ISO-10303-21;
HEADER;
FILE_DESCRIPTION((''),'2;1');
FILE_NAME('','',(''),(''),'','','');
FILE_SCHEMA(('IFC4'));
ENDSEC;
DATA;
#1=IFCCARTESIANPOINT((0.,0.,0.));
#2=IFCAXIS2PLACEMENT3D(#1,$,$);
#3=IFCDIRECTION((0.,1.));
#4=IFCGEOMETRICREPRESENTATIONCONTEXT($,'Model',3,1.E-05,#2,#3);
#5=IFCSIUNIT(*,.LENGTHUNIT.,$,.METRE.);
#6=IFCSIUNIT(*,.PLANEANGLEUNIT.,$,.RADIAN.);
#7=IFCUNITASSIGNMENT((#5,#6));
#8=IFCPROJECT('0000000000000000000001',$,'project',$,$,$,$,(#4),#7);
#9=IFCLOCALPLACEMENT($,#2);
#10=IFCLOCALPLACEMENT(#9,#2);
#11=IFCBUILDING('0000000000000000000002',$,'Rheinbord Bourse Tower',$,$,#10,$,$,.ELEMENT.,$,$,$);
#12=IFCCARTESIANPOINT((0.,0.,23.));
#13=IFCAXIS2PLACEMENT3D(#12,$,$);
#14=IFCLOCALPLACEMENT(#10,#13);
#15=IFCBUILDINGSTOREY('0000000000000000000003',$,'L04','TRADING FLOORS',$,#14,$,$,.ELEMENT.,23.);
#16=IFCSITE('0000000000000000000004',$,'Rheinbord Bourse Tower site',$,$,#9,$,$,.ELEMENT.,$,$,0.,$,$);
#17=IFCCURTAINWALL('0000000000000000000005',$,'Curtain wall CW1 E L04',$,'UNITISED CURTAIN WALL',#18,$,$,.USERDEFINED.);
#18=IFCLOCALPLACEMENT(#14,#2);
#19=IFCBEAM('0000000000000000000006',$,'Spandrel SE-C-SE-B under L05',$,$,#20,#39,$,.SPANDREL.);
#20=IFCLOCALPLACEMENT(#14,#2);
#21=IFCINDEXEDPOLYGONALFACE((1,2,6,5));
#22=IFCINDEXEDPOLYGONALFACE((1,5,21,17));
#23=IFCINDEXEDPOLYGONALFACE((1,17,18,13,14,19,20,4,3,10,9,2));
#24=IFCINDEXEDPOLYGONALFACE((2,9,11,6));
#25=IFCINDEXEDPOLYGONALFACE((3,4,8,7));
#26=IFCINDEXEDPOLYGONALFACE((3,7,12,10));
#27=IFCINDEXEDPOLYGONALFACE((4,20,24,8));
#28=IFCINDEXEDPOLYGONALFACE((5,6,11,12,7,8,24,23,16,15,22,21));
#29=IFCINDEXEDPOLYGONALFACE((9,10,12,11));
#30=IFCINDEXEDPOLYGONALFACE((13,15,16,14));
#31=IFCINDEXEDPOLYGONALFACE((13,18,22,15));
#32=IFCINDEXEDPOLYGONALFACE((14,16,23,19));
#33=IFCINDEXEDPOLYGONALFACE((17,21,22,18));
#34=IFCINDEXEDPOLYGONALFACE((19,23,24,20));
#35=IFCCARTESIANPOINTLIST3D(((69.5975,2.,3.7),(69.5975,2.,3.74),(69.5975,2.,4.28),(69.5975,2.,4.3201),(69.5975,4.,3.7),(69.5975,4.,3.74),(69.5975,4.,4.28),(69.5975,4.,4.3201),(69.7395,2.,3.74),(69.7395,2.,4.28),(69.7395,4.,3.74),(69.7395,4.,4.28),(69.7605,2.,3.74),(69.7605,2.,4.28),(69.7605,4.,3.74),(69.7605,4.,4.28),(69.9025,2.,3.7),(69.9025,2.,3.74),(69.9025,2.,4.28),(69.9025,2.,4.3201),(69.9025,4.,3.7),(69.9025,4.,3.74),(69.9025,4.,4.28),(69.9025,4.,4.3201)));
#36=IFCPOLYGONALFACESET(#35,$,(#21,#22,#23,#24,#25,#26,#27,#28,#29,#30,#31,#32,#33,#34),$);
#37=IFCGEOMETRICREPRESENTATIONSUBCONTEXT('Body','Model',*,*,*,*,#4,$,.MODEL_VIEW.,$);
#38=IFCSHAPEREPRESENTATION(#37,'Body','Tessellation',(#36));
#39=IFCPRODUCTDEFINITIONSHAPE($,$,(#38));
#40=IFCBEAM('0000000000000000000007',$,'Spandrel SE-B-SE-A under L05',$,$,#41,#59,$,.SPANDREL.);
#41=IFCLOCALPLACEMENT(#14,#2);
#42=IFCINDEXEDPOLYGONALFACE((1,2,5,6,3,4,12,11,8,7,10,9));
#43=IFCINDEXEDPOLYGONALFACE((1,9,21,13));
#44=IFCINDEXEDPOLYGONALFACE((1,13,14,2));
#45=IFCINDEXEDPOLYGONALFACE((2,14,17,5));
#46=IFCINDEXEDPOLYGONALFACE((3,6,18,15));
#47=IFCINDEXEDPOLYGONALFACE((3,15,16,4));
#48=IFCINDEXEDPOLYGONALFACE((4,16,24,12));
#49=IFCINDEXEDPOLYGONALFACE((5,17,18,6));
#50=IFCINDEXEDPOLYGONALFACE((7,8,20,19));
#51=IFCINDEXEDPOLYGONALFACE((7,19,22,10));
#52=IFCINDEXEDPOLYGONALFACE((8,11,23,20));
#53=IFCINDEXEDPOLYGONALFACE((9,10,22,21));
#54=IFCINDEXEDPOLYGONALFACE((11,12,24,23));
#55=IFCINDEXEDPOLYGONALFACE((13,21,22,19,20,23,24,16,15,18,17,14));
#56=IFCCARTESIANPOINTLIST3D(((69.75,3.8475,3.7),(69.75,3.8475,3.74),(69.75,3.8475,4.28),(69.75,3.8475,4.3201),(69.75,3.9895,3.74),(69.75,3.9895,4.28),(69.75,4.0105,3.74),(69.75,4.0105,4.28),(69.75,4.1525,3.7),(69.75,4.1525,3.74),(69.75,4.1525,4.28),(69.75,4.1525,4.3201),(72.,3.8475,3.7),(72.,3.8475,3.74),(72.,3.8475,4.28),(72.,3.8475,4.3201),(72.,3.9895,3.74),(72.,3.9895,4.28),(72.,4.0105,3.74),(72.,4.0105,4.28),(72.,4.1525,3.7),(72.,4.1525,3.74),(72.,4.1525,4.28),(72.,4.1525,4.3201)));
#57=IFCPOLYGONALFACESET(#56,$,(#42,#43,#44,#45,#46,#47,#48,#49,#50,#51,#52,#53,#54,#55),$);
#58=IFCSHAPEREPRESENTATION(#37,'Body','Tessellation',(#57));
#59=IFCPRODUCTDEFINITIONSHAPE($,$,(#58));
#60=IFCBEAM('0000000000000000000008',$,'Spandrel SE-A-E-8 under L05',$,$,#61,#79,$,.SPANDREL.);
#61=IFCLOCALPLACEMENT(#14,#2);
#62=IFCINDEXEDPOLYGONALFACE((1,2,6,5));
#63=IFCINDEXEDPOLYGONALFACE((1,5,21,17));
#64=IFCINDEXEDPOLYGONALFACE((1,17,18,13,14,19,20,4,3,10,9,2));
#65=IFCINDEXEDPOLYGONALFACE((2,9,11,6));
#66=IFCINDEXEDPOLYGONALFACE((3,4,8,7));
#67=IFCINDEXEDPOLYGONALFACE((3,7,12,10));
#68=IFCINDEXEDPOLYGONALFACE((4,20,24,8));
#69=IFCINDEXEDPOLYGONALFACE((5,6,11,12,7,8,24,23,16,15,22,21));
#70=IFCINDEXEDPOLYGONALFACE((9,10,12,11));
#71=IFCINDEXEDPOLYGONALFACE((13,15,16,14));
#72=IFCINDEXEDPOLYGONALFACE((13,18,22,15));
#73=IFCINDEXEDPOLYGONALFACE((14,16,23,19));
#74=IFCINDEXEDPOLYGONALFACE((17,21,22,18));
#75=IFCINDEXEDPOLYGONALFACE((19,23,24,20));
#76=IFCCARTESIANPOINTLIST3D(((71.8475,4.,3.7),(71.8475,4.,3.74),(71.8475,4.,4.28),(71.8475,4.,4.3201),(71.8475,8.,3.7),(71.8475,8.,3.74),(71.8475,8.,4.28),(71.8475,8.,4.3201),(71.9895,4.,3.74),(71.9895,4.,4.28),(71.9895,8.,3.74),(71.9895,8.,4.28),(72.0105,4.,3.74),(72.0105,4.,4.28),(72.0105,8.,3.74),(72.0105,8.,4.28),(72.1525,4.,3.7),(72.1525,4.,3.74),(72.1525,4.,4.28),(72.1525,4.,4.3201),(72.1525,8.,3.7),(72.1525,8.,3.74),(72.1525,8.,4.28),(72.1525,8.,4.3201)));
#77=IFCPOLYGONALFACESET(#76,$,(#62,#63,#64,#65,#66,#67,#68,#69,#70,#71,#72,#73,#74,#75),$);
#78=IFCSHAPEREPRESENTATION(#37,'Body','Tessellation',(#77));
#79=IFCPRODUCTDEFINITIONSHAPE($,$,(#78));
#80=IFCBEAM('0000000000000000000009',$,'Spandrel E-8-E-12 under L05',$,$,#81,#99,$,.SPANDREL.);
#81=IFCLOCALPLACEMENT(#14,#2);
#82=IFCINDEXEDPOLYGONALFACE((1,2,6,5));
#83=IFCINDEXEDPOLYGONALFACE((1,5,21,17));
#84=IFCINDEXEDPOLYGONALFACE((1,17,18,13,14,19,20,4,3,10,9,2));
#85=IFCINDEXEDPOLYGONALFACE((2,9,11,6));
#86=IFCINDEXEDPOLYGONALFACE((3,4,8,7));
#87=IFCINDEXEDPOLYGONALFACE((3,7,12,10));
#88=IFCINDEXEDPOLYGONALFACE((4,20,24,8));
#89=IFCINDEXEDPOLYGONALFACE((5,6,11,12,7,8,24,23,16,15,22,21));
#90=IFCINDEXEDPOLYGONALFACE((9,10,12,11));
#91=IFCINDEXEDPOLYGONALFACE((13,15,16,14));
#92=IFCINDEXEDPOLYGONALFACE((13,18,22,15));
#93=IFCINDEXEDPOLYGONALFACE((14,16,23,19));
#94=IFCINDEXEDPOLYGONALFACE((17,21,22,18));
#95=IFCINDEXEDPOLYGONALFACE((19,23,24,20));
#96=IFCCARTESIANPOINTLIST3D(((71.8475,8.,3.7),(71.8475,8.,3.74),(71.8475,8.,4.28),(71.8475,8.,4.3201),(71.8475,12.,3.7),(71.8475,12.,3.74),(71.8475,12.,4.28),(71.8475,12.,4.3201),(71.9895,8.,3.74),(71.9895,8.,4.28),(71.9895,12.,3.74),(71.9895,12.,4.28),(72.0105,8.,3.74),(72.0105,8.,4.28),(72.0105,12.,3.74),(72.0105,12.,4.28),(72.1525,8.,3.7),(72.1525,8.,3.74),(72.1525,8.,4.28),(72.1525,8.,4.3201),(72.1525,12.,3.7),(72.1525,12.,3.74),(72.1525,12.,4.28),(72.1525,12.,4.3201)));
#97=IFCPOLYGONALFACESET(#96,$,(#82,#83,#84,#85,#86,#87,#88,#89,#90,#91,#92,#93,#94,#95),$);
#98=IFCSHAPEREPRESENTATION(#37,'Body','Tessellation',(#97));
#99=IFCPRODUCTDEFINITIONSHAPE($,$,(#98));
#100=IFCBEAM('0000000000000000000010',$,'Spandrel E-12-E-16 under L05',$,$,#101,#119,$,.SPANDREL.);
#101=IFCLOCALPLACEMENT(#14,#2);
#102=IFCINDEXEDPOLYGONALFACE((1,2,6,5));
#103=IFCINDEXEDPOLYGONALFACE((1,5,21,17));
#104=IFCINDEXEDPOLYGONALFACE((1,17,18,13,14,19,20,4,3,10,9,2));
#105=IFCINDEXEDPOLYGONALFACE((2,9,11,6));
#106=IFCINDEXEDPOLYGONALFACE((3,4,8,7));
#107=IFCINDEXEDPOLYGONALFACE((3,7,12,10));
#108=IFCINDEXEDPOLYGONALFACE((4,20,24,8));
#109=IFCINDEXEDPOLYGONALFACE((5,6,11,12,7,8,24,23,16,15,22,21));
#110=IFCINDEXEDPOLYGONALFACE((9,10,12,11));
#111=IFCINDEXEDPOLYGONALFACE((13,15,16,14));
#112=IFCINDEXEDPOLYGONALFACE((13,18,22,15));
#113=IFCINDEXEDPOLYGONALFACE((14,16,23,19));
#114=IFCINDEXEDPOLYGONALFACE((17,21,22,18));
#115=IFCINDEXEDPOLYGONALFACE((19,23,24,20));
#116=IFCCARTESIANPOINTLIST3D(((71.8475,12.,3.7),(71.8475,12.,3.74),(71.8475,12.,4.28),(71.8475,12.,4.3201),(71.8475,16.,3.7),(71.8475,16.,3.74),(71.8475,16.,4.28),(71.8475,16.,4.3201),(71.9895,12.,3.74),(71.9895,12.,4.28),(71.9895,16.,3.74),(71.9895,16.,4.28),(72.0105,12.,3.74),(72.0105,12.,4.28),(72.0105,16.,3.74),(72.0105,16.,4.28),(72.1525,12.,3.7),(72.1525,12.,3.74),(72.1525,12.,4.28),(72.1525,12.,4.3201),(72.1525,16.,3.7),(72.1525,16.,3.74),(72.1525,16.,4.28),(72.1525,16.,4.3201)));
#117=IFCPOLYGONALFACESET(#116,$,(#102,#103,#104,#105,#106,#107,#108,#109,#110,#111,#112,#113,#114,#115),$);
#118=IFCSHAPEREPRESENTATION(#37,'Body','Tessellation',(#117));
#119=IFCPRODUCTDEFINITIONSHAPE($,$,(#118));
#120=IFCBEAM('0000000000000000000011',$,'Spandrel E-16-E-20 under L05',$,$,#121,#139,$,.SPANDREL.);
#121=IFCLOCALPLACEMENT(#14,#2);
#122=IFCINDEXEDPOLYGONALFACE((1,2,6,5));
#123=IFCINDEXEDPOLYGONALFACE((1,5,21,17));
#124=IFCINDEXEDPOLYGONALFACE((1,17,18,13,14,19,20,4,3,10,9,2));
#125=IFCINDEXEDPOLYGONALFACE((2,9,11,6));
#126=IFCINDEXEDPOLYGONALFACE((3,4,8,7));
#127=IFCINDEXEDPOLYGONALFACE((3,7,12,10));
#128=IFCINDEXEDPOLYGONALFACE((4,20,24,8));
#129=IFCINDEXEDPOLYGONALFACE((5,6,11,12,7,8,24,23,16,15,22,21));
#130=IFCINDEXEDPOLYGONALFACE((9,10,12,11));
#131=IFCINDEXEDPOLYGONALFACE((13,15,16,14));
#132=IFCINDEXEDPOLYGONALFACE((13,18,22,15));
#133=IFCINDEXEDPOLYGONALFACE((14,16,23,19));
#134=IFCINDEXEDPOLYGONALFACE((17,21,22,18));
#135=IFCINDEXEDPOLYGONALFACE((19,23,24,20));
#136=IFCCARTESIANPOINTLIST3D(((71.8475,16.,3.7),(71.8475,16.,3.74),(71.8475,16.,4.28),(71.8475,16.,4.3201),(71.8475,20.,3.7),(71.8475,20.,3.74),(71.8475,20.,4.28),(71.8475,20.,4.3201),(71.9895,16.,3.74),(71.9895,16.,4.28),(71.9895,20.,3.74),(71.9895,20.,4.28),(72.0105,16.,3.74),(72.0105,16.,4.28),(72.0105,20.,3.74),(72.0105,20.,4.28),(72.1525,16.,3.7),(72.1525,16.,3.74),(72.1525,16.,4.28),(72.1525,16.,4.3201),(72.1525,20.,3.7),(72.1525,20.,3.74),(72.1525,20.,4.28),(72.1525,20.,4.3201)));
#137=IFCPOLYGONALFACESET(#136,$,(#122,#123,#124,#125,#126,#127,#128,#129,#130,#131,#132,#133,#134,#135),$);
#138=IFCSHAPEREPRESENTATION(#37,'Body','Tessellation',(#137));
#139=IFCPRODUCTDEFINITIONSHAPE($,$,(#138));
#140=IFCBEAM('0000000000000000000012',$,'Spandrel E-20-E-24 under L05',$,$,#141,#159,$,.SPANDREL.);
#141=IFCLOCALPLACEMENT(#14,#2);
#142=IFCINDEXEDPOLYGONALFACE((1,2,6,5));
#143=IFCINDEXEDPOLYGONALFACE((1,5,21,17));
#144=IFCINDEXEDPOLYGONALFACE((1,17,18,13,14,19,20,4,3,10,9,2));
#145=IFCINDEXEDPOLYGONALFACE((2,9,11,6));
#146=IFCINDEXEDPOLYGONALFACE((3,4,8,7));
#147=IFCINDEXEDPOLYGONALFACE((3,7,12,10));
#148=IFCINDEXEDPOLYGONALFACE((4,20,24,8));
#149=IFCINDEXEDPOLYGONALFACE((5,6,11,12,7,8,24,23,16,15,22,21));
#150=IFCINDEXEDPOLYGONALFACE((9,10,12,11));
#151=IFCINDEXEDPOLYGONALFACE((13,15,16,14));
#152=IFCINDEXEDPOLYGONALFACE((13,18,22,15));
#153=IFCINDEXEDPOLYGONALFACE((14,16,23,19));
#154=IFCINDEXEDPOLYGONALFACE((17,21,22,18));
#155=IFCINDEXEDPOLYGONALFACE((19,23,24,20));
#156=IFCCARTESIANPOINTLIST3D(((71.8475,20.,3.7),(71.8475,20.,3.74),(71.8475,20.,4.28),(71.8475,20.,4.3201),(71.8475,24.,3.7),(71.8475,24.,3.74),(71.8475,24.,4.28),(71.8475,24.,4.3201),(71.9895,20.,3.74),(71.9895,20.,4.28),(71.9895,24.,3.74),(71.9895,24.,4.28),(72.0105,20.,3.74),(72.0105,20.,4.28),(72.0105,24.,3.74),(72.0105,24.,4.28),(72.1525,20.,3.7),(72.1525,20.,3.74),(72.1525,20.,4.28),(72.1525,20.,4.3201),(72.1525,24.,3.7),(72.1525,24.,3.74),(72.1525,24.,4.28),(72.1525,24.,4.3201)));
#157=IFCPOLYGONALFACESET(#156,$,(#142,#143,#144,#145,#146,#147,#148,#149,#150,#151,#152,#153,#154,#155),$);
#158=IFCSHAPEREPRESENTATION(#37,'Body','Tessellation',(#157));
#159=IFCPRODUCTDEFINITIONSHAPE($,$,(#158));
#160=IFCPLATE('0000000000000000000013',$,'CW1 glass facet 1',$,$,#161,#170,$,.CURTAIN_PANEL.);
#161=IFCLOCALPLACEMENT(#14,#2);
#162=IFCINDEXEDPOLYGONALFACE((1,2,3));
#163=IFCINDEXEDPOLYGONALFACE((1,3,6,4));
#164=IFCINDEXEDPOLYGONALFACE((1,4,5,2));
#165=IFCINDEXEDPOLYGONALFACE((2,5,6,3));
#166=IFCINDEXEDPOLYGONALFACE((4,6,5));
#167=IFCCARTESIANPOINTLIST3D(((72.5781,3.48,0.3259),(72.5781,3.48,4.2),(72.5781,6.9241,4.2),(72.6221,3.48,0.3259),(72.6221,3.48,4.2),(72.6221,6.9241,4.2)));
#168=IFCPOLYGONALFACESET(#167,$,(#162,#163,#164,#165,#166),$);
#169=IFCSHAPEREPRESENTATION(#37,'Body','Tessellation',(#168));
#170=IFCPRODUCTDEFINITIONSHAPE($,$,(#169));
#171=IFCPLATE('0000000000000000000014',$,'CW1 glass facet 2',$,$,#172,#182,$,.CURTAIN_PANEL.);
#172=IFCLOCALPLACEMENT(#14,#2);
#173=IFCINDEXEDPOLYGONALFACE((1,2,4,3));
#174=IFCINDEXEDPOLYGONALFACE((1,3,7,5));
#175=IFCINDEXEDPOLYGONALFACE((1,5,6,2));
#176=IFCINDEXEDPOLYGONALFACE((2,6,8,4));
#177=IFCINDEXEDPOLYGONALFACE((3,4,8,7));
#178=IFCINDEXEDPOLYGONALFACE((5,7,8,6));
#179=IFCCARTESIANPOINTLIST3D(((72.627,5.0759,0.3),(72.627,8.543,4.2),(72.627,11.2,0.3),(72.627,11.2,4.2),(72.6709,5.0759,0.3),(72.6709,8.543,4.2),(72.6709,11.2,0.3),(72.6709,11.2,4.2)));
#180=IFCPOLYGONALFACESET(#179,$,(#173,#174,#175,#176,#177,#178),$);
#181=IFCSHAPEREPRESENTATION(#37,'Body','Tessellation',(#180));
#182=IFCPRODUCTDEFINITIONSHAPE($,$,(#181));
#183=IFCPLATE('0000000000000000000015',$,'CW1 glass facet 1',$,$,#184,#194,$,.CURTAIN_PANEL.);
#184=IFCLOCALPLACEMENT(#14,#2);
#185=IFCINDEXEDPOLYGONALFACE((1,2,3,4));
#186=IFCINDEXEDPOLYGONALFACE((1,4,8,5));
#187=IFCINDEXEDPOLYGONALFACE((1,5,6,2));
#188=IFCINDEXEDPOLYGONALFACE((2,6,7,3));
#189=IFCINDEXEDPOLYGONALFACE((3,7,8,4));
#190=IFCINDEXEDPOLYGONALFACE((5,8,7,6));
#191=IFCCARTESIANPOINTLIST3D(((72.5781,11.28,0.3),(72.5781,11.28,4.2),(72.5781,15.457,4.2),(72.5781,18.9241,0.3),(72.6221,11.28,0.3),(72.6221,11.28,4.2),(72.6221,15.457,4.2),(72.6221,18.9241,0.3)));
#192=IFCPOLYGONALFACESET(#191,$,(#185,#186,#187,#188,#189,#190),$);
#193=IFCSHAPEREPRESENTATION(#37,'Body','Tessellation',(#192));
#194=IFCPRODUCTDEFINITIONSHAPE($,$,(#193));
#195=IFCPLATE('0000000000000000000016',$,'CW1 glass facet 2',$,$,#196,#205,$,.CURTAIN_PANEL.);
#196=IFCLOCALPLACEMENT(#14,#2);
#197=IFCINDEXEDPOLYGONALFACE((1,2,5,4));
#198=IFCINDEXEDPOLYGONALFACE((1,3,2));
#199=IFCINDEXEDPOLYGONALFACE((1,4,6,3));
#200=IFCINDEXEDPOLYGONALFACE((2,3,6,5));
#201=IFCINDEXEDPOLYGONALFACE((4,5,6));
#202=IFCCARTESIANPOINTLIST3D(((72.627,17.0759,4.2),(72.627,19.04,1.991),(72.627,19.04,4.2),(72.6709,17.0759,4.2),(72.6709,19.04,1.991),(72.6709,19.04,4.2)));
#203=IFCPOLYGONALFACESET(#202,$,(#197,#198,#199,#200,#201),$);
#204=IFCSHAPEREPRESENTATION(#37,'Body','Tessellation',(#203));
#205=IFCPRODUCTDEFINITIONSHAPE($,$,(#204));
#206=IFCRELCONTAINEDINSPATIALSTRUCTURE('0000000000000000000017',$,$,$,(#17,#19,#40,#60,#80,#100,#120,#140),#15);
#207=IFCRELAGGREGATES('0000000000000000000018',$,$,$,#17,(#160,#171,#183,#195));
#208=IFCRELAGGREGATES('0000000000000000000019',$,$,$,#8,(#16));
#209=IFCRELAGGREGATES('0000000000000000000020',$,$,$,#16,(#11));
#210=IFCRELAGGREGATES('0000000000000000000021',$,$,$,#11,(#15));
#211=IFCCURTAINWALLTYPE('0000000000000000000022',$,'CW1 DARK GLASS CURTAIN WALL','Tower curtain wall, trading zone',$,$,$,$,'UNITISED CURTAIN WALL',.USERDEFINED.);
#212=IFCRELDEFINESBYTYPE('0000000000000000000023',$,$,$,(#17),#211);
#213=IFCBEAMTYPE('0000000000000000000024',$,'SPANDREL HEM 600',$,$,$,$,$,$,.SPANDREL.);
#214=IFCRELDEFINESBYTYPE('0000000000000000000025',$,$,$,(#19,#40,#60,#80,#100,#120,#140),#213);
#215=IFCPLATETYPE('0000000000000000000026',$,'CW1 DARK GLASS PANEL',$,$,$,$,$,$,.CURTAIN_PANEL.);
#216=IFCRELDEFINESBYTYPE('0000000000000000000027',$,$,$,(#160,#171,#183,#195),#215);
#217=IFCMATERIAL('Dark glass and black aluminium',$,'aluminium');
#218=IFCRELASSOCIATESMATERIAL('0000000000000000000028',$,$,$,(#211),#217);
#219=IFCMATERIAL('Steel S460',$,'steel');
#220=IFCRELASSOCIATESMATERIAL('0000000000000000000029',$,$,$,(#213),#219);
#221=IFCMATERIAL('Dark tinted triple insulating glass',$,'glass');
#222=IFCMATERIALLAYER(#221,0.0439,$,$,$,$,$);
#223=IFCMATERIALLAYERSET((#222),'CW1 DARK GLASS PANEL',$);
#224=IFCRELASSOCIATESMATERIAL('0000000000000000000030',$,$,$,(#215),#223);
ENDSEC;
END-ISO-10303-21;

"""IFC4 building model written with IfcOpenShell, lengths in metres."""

from ifc_helpers import new_model, si_unit, direction, frame, origin, origin_2d, place, context, subcontext, project, spatial, polyline, i_section, outline, extrude, material, layer, layer_set, material_profile, profile_set, type_object, element, aggregate, save


model = new_model("IFC4")

# Units and contexts
model_context = context("Model", 3, precision=1e-05, world=origin(), true_north=direction((0.0, 1.0)))
body_context = subcontext(model_context, "Body", "Model", "MODEL_VIEW")
ifc_project = project(units=[si_unit("LENGTHUNIT", "METRE"), si_unit("PLANEANGLEUNIT", "RADIAN")], contexts=[model_context])

# Site, building, storey
site_placement = place(None, origin())
site = spatial("IfcSite", under=ifc_project, at=site_placement, Name="Rheinbord Bourse Tower site", CompositionType="ELEMENT", RefElevation=0.0)
building_placement = place(site_placement, origin())
building = spatial("IfcBuilding", under=site, at=building_placement, Name="Rheinbord Bourse Tower", CompositionType="ELEMENT")
storey_placement = place(building_placement, frame((0.0, 0.0, 23.0)))
storey = spatial("IfcBuildingStorey", under=building, at=storey_placement, Name="L04", Description="TRADING FLOORS", CompositionType="ELEMENT", Elevation=23.0)

# Curtain wall
ifc_material_1 = material(Name="Dark glass and black aluminium", Category="aluminium")
curtain_wall_type = type_object("IfcCurtainWallType", Name="CW1 DARK GLASS CURTAIN WALL", Description="Tower curtain wall, trading zone", ElementType="UNITISED CURTAIN WALL", PredefinedType="USERDEFINED", material=ifc_material_1)
curtain_wall_placement = place(storey_placement, origin())
curtain_wall = element("IfcCurtainWall", 1, at=curtain_wall_placement, inside=storey, type_object=curtain_wall_type, Name="Curtain wall CW1 E L04", ObjectType="UNITISED CURTAIN WALL", PredefinedType="USERDEFINED")

# Beams
ifc_material_2 = material(Name="Steel S460", Category="steel")
ifc_material_profile_1 = material_profile(ifc_material_2, i_section(OverallWidth=0.3049, OverallDepth=0.6201, WebThickness=0.021, FlangeThickness=0.04, at=origin_2d()), Name="HEM 600")
ifc_profile_set_1 = profile_set([ifc_material_profile_1], Name="Steel S460")
beam_type = type_object("IfcBeamType", Name="SPANDREL HEM 600", PredefinedType="SPANDREL", material=ifc_profile_set_1)
beam_1_placement = place(storey_placement, frame((69.75, 2.0, 4.01), z_axis=(0.0, 1.0, 0.0), x_axis=(-1.0, 0.0, 0.0)))
element("IfcBeam", 2, at=beam_1_placement, inside=storey, type_object=beam_type, Name="Spandrel SE-C-SE-B under L05", PredefinedType="SPANDREL", context=body_context, shape_type="SweptSolid", body=[
    extrude(i_section(OverallWidth=0.3049, OverallDepth=0.6201, WebThickness=0.021, FlangeThickness=0.04, at=origin_2d()), origin(), (0.0, 0.0, 1.0), 2.0),
])
beam_2_placement = place(storey_placement, frame((69.75, 4.0, 4.01), z_axis=(1.0, 0.0, 0.0), x_axis=(0.0, 1.0, 0.0)))
element("IfcBeam", 3, at=beam_2_placement, inside=storey, type_object=beam_type, Name="Spandrel SE-B-SE-A under L05", PredefinedType="SPANDREL", context=body_context, shape_type="SweptSolid", body=[
    extrude(i_section(OverallWidth=0.3049, OverallDepth=0.6201, WebThickness=0.021, FlangeThickness=0.04, at=origin_2d()), origin(), (0.0, 0.0, 1.0), 2.25),
])
for number, where, z_axis, x_axis, name in (
    (4, (72.0, 4.0, 4.01), (0.0, 1.0, 0.0), (-1.0, 0.0, 0.0), "Spandrel SE-A-E-8 under L05"),
    (5, (72.0, 8.0, 4.01), (0.0, 1.0, 0.0), (-1.0, 0.0, 0.0), "Spandrel E-8-E-12 under L05"),
    (6, (72.0, 12.0, 4.01), (0.0, 1.0, 0.0), (-1.0, 0.0, 0.0), "Spandrel E-12-E-16 under L05"),
    (7, (72.0, 16.0, 4.01), (0.0, 1.0, 0.0), (-1.0, 0.0, 0.0), "Spandrel E-16-E-20 under L05"),
    (8, (72.0, 20.0, 4.01), (0.0, 1.0, 0.0), (-1.0, 0.0, 0.0), "Spandrel E-20-E-24 under L05"),
):
    element("IfcBeam", number, at=place(storey_placement, frame(where, z_axis=z_axis, x_axis=x_axis)), inside=storey, type_object=beam_type, Name=name, PredefinedType="SPANDREL", context=body_context, shape_type="SweptSolid", body=[
        extrude(i_section(OverallWidth=0.3049, OverallDepth=0.6201, WebThickness=0.021, FlangeThickness=0.04, at=origin_2d()), origin(), (0.0, 0.0, 1.0), 4.0),
    ])

# Plates
ifc_material_3 = material(Name="Dark tinted triple insulating glass", Category="glass")
ifc_layer_1 = layer(ifc_material_3, 0.0439)
ifc_layer_set_1 = layer_set([ifc_layer_1], Name="CW1 DARK GLASS PANEL")
plate_type = type_object("IfcPlateType", Name="CW1 DARK GLASS PANEL", PredefinedType="CURTAIN_PANEL", material=ifc_layer_set_1)
plate_1_placement = place(storey_placement, frame((72.6221, 3.48, 4.2), z_axis=(-1.0, 0.0, 0.0), x_axis=(0.0, 1.0, 0.0)))
plate_1 = element("IfcPlate", 9, at=plate_1_placement, type_object=plate_type, Name="CW1 glass facet 1", PredefinedType="CURTAIN_PANEL", context=body_context, shape_type="SweptSolid", body=[
    extrude(outline(polyline([(0.0, 0.0), (3.4441, 0.0), (0.0, 3.874), (0.0, 0.0)])), origin(), (0.0, 0.0, 1.0), 0.0439),
])
plate_2_placement = place(storey_placement, frame((72.6709, 11.2, 4.2), z_axis=(-1.0, 0.0, 0.0), x_axis=(0.0, 0.0, -1.0)))
plate_2 = element("IfcPlate", 10, at=plate_2_placement, type_object=plate_type, Name="CW1 glass facet 2", PredefinedType="CURTAIN_PANEL", context=body_context, shape_type="SweptSolid", body=[
    extrude(outline(polyline([(0.0, 0.0), (3.8999, 0.0), (3.8999, 6.124), (0.0, 2.657), (0.0, 0.0)])), origin(), (0.0, 0.0, 1.0), 0.0439),
])
plate_3_placement = place(storey_placement, frame((72.6221, 11.28, 0.3), z_axis=(-1.0, 0.0, 0.0), x_axis=(0.0, 0.0, 1.0)))
plate_3 = element("IfcPlate", 11, at=plate_3_placement, type_object=plate_type, Name="CW1 glass facet 1", PredefinedType="CURTAIN_PANEL", context=body_context, shape_type="SweptSolid", body=[
    extrude(outline(polyline([(0.0, 0.0), (3.8999, 0.0), (3.8999, 4.177), (0.0, 7.644), (0.0, 0.0)])), origin(), (0.0, 0.0, 1.0), 0.0439),
])
plate_4_placement = place(storey_placement, frame((72.6709, 19.04, 4.2), z_axis=(-1.0, 0.0, 0.0), x_axis=(0.0, 0.0, -1.0)))
plate_4 = element("IfcPlate", 12, at=plate_4_placement, type_object=plate_type, Name="CW1 glass facet 2", PredefinedType="CURTAIN_PANEL", context=body_context, shape_type="SweptSolid", body=[
    extrude(outline(polyline([(0.0, 0.0), (2.209, 0.0), (0.0, 1.9641), (0.0, 0.0)])), origin(), (0.0, 0.0, 1.0), 0.0439),
])
aggregate(curtain_wall, [plate_1, plate_2, plate_3, plate_4])

save(model, "model.ifc")
